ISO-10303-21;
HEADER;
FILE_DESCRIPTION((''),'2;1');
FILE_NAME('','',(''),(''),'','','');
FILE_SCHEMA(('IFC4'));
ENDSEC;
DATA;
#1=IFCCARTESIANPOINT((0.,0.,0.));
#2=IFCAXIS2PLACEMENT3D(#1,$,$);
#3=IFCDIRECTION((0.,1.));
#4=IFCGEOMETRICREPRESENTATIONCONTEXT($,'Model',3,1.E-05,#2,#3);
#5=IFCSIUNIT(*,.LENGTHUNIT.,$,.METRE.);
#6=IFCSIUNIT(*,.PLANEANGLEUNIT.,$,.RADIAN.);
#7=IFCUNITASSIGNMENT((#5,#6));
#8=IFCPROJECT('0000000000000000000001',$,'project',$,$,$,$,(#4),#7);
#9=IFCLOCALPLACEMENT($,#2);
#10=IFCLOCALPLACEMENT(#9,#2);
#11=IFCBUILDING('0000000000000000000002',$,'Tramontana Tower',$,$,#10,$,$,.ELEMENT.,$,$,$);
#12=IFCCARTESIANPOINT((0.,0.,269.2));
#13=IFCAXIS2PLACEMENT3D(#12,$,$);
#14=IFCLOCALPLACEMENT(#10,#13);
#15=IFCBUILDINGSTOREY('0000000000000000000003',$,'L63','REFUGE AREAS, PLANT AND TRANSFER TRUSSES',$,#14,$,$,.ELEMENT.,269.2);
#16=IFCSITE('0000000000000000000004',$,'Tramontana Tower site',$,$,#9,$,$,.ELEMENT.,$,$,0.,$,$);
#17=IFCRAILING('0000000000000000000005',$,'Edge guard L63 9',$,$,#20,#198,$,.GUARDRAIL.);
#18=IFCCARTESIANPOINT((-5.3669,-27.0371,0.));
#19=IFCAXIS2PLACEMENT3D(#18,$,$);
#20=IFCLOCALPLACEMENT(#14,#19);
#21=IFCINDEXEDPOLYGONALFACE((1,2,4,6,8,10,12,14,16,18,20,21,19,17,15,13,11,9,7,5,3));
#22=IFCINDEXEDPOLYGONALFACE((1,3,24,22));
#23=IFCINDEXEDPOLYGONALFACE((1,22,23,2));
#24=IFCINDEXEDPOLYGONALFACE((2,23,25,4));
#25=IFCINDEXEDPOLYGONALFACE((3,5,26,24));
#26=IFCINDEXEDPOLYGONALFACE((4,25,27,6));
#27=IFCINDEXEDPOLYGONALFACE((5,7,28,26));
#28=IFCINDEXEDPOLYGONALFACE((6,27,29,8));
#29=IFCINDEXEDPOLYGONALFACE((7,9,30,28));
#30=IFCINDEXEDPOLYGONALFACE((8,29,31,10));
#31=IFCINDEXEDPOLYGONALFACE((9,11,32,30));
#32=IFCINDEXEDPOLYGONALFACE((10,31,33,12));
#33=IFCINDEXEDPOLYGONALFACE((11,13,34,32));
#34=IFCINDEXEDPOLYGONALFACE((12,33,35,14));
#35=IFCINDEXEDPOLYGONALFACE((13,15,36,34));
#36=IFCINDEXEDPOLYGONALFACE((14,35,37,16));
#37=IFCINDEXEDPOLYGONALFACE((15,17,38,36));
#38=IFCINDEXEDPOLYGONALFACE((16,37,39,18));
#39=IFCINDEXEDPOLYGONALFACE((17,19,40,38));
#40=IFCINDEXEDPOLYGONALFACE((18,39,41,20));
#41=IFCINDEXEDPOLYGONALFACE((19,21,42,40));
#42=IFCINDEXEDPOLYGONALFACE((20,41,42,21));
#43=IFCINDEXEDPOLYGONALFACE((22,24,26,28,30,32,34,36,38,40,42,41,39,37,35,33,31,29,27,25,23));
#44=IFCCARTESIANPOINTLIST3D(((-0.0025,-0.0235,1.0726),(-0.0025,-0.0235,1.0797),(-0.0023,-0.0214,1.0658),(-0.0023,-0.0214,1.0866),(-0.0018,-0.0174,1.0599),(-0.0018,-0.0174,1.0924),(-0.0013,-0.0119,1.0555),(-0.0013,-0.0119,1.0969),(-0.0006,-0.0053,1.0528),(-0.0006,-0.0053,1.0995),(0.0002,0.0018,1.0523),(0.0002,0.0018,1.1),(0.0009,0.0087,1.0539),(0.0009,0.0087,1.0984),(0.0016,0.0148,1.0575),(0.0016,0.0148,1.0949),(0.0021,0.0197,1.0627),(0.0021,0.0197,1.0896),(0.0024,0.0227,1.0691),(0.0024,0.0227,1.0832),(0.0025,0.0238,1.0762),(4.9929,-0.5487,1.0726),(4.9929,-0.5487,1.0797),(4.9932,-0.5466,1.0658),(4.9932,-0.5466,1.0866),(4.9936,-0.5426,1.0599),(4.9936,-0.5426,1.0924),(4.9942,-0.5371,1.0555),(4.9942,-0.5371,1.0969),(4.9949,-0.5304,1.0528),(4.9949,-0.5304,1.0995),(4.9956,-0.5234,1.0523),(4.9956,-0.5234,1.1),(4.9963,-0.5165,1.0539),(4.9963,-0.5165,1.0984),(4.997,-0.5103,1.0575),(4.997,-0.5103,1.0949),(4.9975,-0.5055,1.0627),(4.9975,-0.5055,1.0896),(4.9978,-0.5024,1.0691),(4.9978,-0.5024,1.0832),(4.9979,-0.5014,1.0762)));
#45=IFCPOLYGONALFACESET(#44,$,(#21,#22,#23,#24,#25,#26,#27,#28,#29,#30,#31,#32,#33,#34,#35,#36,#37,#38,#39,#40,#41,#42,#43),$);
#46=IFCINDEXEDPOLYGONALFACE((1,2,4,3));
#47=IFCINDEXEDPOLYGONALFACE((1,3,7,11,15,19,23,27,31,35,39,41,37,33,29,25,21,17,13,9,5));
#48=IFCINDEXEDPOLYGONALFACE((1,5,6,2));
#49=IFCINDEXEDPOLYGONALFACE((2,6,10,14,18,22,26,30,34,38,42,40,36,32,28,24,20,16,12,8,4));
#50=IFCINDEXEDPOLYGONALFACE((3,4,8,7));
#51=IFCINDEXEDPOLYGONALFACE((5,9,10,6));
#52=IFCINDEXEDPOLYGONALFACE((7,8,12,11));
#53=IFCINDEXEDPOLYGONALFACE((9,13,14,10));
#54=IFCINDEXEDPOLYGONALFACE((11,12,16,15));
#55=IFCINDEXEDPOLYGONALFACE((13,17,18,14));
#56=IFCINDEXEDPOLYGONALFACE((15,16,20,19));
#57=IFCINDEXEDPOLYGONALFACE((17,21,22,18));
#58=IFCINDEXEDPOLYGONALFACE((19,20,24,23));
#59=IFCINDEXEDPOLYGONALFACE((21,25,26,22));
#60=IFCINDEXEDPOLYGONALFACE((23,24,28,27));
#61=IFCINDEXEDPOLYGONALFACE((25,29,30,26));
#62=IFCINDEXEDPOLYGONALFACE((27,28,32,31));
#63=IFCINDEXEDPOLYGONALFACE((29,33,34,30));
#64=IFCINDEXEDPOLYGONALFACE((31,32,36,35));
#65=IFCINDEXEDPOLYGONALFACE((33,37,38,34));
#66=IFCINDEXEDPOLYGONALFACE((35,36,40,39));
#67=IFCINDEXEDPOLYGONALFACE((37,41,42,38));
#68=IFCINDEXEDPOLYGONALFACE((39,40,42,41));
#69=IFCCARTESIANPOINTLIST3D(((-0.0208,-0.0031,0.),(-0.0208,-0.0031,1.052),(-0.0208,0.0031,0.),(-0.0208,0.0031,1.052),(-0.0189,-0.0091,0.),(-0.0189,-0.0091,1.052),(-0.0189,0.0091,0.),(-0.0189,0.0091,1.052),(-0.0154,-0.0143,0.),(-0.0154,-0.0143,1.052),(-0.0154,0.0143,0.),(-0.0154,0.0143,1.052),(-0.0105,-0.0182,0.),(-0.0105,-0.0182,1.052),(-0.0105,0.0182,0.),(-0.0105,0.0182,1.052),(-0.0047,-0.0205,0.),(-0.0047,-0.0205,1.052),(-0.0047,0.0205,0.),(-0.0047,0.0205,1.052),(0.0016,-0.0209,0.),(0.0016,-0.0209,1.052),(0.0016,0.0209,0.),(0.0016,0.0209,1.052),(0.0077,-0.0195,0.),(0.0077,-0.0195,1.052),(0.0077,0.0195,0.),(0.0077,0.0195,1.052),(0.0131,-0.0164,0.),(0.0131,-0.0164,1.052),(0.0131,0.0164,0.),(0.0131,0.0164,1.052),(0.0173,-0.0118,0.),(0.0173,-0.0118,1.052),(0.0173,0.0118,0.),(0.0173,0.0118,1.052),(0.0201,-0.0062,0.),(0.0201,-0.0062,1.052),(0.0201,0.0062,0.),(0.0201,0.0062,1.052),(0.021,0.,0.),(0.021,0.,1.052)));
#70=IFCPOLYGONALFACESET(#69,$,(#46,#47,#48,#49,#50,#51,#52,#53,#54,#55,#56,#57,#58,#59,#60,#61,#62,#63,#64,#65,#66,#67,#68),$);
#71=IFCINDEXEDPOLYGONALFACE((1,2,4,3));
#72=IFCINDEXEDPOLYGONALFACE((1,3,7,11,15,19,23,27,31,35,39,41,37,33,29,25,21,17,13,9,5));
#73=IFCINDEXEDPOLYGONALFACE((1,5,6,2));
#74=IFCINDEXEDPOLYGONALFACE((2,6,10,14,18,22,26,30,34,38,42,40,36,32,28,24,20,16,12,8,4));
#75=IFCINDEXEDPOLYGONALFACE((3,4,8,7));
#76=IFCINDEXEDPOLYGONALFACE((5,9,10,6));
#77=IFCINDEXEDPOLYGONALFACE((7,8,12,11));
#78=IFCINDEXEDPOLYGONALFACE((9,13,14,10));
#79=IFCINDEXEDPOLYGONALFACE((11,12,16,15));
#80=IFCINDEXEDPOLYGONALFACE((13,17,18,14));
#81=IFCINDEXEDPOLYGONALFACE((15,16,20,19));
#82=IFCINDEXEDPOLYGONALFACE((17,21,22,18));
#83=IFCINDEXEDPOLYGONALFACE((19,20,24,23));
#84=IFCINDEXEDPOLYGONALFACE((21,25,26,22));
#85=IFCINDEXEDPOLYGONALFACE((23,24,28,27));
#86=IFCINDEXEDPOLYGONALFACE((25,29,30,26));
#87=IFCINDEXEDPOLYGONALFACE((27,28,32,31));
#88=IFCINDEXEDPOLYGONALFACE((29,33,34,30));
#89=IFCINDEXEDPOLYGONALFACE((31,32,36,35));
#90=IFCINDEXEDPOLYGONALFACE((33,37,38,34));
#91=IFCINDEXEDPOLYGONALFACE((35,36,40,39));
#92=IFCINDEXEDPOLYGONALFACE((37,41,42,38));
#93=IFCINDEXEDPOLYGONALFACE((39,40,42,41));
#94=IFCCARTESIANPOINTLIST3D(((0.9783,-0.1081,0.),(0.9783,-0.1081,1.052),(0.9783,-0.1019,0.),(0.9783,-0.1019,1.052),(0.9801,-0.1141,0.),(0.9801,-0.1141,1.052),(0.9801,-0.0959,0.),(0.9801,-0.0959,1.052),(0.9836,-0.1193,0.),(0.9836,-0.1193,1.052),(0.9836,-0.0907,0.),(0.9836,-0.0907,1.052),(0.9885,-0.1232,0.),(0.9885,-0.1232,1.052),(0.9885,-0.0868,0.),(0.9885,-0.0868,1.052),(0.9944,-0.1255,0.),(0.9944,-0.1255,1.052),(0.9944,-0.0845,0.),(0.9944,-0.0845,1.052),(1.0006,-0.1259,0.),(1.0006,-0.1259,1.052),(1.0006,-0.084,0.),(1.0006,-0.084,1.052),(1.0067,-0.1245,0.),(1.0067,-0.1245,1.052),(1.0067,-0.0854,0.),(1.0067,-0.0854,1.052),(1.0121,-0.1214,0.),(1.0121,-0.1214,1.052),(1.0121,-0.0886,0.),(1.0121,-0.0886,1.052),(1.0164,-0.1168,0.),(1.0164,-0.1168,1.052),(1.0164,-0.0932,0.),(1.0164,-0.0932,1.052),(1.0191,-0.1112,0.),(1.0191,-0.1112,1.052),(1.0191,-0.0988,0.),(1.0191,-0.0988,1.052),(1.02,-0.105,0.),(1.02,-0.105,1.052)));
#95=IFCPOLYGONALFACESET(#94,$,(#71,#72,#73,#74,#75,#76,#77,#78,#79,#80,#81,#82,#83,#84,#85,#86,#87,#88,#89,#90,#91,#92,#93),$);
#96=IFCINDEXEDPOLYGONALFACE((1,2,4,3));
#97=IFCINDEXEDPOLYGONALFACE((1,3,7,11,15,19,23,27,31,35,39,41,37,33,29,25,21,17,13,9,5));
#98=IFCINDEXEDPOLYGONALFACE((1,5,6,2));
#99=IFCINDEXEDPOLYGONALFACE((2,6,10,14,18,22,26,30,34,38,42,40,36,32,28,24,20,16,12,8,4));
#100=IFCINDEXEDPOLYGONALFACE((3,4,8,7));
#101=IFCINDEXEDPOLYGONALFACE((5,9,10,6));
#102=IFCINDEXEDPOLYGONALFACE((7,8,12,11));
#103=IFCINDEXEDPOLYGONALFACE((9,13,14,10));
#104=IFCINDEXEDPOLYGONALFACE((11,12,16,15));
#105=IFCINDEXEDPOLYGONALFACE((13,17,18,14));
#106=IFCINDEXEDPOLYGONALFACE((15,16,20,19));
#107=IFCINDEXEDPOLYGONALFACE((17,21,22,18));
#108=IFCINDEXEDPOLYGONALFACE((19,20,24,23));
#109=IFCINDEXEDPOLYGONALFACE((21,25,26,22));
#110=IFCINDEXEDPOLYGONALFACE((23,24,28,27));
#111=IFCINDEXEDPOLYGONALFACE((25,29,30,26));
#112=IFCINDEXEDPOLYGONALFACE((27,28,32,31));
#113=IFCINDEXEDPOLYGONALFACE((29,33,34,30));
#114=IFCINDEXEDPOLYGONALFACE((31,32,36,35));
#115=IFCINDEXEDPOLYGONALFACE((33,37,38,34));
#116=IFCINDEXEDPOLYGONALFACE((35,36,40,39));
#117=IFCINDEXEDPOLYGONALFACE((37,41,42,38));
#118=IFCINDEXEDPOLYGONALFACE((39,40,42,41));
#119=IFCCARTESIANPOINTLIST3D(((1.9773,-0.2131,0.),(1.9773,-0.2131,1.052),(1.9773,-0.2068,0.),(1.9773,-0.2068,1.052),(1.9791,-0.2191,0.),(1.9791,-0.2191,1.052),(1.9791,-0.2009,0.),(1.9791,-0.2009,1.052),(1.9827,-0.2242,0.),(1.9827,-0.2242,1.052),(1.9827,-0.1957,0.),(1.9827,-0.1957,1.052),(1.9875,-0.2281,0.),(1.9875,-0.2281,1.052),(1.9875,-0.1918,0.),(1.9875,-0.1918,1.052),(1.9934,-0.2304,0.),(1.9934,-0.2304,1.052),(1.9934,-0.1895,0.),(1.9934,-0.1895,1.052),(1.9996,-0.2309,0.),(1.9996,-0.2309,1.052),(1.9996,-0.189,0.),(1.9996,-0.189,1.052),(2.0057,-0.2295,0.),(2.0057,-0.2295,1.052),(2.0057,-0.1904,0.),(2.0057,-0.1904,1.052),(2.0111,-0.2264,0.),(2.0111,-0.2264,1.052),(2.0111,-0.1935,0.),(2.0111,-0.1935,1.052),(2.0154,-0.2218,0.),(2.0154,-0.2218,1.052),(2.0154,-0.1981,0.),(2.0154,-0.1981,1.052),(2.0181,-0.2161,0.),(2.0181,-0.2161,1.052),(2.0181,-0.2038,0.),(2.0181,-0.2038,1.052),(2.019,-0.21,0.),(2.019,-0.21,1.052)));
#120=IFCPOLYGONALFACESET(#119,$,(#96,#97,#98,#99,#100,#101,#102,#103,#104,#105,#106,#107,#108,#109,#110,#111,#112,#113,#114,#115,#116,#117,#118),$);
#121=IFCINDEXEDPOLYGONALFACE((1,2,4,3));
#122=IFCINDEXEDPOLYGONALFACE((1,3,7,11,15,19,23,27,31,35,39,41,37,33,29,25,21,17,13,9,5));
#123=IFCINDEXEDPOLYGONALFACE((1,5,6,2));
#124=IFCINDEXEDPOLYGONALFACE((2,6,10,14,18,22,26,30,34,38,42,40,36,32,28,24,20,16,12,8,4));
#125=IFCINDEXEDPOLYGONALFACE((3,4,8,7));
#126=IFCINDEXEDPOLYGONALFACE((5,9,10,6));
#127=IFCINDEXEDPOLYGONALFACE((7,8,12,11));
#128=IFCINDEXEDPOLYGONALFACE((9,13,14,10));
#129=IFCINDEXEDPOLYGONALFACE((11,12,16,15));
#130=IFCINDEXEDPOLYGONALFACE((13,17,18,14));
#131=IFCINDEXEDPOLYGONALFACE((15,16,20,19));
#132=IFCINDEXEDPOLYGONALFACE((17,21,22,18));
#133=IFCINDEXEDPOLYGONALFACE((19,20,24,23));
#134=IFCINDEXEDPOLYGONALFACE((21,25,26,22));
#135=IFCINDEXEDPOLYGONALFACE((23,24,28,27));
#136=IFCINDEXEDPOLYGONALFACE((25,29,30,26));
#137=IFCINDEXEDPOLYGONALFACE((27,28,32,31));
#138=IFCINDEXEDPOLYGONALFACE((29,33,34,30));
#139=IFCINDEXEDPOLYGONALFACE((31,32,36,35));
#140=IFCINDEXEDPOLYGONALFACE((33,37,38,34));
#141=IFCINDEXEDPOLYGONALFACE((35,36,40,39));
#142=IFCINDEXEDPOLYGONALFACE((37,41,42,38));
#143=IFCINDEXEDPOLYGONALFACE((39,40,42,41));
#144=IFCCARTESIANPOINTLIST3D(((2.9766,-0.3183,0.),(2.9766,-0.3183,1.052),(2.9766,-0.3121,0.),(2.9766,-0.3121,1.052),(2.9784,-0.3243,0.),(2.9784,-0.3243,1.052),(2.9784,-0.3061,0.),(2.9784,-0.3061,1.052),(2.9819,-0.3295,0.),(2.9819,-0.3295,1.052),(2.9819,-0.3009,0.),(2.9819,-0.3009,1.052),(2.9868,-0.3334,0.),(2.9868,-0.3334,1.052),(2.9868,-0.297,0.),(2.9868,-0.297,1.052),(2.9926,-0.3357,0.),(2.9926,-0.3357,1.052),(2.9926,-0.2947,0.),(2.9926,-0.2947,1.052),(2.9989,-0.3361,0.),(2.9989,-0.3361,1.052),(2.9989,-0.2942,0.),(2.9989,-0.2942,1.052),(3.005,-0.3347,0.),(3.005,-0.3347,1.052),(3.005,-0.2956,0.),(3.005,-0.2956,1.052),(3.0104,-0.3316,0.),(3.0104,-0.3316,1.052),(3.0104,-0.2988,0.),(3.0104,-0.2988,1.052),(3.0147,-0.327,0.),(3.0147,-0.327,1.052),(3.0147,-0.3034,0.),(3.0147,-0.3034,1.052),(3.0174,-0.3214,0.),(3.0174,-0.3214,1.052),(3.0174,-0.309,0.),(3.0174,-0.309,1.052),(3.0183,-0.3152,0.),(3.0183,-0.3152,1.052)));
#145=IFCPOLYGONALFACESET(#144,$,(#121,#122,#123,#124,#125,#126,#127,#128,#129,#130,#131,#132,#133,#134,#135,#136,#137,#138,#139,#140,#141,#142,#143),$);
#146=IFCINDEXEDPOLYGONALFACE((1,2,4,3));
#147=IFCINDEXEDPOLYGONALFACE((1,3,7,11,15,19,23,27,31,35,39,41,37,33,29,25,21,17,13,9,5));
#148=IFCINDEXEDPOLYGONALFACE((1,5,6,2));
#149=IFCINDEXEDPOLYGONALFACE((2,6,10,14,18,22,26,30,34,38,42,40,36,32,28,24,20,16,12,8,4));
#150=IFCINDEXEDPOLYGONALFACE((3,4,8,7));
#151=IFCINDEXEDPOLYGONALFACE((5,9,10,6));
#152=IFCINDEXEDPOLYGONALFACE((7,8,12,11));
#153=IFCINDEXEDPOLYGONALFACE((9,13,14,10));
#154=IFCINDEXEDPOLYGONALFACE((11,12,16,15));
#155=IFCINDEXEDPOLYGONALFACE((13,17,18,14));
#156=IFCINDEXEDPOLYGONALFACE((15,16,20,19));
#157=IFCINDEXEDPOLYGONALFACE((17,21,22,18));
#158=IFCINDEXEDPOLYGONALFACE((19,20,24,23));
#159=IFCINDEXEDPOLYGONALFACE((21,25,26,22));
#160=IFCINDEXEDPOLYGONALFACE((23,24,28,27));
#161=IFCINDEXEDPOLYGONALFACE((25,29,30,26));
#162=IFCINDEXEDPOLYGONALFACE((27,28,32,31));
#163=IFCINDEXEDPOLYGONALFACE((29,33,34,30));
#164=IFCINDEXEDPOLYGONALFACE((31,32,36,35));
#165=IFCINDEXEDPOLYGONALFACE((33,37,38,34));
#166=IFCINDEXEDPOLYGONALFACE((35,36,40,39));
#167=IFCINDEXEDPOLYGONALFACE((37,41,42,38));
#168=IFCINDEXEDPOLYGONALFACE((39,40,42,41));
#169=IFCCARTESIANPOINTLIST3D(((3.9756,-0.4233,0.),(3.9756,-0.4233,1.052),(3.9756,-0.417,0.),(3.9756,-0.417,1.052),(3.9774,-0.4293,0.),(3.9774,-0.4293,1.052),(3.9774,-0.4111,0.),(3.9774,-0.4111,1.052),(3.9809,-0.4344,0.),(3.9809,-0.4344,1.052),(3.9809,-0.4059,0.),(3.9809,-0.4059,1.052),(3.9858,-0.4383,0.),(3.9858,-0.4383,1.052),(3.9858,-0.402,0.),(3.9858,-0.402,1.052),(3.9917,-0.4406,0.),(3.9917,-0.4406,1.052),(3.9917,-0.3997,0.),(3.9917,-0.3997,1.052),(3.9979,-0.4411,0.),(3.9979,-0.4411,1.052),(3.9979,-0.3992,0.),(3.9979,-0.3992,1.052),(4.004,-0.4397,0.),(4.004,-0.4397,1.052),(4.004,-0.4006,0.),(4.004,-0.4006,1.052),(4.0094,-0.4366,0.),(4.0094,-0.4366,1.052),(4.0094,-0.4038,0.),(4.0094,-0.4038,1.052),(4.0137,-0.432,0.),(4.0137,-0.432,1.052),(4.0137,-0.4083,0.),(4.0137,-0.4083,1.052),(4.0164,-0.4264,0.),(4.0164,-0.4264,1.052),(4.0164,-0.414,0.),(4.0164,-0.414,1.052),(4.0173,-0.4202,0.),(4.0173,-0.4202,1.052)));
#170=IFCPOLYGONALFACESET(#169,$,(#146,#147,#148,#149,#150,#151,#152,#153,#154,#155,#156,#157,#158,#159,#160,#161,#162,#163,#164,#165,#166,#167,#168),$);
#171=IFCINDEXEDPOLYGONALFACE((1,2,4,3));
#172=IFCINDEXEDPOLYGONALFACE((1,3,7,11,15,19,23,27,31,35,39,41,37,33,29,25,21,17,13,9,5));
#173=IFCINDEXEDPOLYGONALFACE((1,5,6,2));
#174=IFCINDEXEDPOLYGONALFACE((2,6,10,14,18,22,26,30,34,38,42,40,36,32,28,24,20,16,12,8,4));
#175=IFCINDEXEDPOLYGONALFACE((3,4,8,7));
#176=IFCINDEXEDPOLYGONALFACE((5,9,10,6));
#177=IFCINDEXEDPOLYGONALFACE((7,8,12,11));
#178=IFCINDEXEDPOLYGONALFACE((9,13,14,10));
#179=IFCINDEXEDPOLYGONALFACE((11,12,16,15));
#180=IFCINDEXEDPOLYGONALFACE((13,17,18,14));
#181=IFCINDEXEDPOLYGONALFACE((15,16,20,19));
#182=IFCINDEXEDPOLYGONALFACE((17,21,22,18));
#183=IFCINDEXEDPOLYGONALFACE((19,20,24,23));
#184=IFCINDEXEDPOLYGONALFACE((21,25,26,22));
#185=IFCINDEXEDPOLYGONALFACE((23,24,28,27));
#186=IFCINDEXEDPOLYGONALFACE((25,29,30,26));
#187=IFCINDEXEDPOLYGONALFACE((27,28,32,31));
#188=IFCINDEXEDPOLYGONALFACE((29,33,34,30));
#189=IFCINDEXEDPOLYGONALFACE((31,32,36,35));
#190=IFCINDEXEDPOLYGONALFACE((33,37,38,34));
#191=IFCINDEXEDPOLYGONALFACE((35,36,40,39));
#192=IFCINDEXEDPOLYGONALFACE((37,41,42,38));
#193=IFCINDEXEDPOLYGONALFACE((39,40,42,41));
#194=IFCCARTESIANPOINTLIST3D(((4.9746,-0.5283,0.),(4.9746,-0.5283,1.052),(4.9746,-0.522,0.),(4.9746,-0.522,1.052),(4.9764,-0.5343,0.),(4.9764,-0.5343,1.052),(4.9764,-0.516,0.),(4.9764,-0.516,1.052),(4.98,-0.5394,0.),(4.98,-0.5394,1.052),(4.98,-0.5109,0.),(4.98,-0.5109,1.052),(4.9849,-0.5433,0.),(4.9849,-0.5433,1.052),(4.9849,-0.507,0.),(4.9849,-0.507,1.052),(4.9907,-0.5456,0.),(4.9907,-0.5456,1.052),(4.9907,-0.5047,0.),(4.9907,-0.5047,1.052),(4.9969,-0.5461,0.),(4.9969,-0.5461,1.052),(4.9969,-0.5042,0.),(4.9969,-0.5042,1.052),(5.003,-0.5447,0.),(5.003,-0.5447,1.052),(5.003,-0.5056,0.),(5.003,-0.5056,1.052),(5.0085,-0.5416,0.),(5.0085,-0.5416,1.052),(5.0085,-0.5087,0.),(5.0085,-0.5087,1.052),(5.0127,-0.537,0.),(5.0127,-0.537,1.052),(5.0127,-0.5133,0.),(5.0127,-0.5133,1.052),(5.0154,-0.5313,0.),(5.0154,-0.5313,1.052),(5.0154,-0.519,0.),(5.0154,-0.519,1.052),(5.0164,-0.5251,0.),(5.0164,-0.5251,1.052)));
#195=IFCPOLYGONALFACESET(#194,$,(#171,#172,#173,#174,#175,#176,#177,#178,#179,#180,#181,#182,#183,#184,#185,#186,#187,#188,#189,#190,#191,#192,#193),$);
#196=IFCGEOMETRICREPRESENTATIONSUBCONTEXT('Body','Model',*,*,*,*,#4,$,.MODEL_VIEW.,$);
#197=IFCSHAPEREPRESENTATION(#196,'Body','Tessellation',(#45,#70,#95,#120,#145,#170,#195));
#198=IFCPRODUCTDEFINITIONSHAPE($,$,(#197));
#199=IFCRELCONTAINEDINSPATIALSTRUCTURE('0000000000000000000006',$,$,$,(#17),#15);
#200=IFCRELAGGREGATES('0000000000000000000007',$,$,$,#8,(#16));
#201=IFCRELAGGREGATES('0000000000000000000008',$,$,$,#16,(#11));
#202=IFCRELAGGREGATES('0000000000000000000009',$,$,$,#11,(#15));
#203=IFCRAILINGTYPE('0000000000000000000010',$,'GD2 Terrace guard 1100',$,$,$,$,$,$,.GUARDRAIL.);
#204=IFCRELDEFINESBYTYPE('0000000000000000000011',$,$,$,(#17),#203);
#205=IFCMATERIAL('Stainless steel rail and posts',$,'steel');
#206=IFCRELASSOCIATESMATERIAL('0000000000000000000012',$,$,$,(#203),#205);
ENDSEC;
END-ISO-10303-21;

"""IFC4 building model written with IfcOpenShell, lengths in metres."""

from ifc_helpers import new_model, si_unit, direction, frame, origin, origin_2d, place, context, subcontext, project, spatial, circle, extrude, material, type_object, element, save


model = new_model("IFC4")

# Units and contexts
model_context = context("Model", 3, precision=1e-05, world=origin(), true_north=direction((0.0, 1.0)))
body_context = subcontext(model_context, "Body", "Model", "MODEL_VIEW")
ifc_project = project(units=[si_unit("LENGTHUNIT", "METRE"), si_unit("PLANEANGLEUNIT", "RADIAN")], contexts=[model_context])

# Site, building, storey
site_placement = place(None, origin())
site = spatial("IfcSite", under=ifc_project, at=site_placement, Name="Tramontana Tower site", CompositionType="ELEMENT", RefElevation=0.0)
building_placement = place(site_placement, origin())
building = spatial("IfcBuilding", under=site, at=building_placement, Name="Tramontana Tower", CompositionType="ELEMENT")
storey_placement = place(building_placement, frame((0.0, 0.0, 269.2)))
storey = spatial("IfcBuildingStorey", under=building, at=storey_placement, Name="L63", Description="REFUGE AREAS, PLANT AND TRANSFER TRUSSES", CompositionType="ELEMENT", Elevation=269.2)

# Railing
ifc_material_1 = material(Name="Stainless steel rail and posts", Category="steel")
railing_type = type_object("IfcRailingType", Name="GD2 Terrace guard 1100", PredefinedType="GUARDRAIL", material=ifc_material_1)
railing_1_placement = place(storey_placement, frame((-5.3669, -27.0371, 0.0)))
element("IfcRailing", 1, at=railing_1_placement, inside=storey, type_object=railing_type, Name="Edge guard L63 9", PredefinedType="GUARDRAIL", context=body_context, shape_type="SweptSolid", body=[
    extrude(circle(Radius=0.0239, at=origin_2d()), frame((0.0, 0.0, 1.0762), z_axis=(0.99452, -0.104551, 0.0), x_axis=(0.104551, 0.99452, 0.0)), (0.0, 0.0, 1.0), 5.0229),
    extrude(circle(Radius=0.021, at=origin_2d()), origin(), (0.0, 0.0, 1.0), 1.052),
    extrude(circle(Radius=0.021, at=origin_2d()), frame((0.999, -0.105, 0.0)), (0.0, 0.0, 1.0), 1.052),
    extrude(circle(Radius=0.021, at=origin_2d()), frame((1.998, -0.21, 0.0)), (0.0, 0.0, 1.0), 1.052),
    extrude(circle(Radius=0.021, at=origin_2d()), frame((2.9973, -0.3152, 0.0)), (0.0, 0.0, 1.0), 1.052),
    extrude(circle(Radius=0.021, at=origin_2d()), frame((3.9963, -0.4202, 0.0)), (0.0, 0.0, 1.0), 1.052),
    extrude(circle(Radius=0.021, at=origin_2d()), frame((4.9954, -0.5251, 0.0)), (0.0, 0.0, 1.0), 1.052),
])

save(model, "model.ifc")
